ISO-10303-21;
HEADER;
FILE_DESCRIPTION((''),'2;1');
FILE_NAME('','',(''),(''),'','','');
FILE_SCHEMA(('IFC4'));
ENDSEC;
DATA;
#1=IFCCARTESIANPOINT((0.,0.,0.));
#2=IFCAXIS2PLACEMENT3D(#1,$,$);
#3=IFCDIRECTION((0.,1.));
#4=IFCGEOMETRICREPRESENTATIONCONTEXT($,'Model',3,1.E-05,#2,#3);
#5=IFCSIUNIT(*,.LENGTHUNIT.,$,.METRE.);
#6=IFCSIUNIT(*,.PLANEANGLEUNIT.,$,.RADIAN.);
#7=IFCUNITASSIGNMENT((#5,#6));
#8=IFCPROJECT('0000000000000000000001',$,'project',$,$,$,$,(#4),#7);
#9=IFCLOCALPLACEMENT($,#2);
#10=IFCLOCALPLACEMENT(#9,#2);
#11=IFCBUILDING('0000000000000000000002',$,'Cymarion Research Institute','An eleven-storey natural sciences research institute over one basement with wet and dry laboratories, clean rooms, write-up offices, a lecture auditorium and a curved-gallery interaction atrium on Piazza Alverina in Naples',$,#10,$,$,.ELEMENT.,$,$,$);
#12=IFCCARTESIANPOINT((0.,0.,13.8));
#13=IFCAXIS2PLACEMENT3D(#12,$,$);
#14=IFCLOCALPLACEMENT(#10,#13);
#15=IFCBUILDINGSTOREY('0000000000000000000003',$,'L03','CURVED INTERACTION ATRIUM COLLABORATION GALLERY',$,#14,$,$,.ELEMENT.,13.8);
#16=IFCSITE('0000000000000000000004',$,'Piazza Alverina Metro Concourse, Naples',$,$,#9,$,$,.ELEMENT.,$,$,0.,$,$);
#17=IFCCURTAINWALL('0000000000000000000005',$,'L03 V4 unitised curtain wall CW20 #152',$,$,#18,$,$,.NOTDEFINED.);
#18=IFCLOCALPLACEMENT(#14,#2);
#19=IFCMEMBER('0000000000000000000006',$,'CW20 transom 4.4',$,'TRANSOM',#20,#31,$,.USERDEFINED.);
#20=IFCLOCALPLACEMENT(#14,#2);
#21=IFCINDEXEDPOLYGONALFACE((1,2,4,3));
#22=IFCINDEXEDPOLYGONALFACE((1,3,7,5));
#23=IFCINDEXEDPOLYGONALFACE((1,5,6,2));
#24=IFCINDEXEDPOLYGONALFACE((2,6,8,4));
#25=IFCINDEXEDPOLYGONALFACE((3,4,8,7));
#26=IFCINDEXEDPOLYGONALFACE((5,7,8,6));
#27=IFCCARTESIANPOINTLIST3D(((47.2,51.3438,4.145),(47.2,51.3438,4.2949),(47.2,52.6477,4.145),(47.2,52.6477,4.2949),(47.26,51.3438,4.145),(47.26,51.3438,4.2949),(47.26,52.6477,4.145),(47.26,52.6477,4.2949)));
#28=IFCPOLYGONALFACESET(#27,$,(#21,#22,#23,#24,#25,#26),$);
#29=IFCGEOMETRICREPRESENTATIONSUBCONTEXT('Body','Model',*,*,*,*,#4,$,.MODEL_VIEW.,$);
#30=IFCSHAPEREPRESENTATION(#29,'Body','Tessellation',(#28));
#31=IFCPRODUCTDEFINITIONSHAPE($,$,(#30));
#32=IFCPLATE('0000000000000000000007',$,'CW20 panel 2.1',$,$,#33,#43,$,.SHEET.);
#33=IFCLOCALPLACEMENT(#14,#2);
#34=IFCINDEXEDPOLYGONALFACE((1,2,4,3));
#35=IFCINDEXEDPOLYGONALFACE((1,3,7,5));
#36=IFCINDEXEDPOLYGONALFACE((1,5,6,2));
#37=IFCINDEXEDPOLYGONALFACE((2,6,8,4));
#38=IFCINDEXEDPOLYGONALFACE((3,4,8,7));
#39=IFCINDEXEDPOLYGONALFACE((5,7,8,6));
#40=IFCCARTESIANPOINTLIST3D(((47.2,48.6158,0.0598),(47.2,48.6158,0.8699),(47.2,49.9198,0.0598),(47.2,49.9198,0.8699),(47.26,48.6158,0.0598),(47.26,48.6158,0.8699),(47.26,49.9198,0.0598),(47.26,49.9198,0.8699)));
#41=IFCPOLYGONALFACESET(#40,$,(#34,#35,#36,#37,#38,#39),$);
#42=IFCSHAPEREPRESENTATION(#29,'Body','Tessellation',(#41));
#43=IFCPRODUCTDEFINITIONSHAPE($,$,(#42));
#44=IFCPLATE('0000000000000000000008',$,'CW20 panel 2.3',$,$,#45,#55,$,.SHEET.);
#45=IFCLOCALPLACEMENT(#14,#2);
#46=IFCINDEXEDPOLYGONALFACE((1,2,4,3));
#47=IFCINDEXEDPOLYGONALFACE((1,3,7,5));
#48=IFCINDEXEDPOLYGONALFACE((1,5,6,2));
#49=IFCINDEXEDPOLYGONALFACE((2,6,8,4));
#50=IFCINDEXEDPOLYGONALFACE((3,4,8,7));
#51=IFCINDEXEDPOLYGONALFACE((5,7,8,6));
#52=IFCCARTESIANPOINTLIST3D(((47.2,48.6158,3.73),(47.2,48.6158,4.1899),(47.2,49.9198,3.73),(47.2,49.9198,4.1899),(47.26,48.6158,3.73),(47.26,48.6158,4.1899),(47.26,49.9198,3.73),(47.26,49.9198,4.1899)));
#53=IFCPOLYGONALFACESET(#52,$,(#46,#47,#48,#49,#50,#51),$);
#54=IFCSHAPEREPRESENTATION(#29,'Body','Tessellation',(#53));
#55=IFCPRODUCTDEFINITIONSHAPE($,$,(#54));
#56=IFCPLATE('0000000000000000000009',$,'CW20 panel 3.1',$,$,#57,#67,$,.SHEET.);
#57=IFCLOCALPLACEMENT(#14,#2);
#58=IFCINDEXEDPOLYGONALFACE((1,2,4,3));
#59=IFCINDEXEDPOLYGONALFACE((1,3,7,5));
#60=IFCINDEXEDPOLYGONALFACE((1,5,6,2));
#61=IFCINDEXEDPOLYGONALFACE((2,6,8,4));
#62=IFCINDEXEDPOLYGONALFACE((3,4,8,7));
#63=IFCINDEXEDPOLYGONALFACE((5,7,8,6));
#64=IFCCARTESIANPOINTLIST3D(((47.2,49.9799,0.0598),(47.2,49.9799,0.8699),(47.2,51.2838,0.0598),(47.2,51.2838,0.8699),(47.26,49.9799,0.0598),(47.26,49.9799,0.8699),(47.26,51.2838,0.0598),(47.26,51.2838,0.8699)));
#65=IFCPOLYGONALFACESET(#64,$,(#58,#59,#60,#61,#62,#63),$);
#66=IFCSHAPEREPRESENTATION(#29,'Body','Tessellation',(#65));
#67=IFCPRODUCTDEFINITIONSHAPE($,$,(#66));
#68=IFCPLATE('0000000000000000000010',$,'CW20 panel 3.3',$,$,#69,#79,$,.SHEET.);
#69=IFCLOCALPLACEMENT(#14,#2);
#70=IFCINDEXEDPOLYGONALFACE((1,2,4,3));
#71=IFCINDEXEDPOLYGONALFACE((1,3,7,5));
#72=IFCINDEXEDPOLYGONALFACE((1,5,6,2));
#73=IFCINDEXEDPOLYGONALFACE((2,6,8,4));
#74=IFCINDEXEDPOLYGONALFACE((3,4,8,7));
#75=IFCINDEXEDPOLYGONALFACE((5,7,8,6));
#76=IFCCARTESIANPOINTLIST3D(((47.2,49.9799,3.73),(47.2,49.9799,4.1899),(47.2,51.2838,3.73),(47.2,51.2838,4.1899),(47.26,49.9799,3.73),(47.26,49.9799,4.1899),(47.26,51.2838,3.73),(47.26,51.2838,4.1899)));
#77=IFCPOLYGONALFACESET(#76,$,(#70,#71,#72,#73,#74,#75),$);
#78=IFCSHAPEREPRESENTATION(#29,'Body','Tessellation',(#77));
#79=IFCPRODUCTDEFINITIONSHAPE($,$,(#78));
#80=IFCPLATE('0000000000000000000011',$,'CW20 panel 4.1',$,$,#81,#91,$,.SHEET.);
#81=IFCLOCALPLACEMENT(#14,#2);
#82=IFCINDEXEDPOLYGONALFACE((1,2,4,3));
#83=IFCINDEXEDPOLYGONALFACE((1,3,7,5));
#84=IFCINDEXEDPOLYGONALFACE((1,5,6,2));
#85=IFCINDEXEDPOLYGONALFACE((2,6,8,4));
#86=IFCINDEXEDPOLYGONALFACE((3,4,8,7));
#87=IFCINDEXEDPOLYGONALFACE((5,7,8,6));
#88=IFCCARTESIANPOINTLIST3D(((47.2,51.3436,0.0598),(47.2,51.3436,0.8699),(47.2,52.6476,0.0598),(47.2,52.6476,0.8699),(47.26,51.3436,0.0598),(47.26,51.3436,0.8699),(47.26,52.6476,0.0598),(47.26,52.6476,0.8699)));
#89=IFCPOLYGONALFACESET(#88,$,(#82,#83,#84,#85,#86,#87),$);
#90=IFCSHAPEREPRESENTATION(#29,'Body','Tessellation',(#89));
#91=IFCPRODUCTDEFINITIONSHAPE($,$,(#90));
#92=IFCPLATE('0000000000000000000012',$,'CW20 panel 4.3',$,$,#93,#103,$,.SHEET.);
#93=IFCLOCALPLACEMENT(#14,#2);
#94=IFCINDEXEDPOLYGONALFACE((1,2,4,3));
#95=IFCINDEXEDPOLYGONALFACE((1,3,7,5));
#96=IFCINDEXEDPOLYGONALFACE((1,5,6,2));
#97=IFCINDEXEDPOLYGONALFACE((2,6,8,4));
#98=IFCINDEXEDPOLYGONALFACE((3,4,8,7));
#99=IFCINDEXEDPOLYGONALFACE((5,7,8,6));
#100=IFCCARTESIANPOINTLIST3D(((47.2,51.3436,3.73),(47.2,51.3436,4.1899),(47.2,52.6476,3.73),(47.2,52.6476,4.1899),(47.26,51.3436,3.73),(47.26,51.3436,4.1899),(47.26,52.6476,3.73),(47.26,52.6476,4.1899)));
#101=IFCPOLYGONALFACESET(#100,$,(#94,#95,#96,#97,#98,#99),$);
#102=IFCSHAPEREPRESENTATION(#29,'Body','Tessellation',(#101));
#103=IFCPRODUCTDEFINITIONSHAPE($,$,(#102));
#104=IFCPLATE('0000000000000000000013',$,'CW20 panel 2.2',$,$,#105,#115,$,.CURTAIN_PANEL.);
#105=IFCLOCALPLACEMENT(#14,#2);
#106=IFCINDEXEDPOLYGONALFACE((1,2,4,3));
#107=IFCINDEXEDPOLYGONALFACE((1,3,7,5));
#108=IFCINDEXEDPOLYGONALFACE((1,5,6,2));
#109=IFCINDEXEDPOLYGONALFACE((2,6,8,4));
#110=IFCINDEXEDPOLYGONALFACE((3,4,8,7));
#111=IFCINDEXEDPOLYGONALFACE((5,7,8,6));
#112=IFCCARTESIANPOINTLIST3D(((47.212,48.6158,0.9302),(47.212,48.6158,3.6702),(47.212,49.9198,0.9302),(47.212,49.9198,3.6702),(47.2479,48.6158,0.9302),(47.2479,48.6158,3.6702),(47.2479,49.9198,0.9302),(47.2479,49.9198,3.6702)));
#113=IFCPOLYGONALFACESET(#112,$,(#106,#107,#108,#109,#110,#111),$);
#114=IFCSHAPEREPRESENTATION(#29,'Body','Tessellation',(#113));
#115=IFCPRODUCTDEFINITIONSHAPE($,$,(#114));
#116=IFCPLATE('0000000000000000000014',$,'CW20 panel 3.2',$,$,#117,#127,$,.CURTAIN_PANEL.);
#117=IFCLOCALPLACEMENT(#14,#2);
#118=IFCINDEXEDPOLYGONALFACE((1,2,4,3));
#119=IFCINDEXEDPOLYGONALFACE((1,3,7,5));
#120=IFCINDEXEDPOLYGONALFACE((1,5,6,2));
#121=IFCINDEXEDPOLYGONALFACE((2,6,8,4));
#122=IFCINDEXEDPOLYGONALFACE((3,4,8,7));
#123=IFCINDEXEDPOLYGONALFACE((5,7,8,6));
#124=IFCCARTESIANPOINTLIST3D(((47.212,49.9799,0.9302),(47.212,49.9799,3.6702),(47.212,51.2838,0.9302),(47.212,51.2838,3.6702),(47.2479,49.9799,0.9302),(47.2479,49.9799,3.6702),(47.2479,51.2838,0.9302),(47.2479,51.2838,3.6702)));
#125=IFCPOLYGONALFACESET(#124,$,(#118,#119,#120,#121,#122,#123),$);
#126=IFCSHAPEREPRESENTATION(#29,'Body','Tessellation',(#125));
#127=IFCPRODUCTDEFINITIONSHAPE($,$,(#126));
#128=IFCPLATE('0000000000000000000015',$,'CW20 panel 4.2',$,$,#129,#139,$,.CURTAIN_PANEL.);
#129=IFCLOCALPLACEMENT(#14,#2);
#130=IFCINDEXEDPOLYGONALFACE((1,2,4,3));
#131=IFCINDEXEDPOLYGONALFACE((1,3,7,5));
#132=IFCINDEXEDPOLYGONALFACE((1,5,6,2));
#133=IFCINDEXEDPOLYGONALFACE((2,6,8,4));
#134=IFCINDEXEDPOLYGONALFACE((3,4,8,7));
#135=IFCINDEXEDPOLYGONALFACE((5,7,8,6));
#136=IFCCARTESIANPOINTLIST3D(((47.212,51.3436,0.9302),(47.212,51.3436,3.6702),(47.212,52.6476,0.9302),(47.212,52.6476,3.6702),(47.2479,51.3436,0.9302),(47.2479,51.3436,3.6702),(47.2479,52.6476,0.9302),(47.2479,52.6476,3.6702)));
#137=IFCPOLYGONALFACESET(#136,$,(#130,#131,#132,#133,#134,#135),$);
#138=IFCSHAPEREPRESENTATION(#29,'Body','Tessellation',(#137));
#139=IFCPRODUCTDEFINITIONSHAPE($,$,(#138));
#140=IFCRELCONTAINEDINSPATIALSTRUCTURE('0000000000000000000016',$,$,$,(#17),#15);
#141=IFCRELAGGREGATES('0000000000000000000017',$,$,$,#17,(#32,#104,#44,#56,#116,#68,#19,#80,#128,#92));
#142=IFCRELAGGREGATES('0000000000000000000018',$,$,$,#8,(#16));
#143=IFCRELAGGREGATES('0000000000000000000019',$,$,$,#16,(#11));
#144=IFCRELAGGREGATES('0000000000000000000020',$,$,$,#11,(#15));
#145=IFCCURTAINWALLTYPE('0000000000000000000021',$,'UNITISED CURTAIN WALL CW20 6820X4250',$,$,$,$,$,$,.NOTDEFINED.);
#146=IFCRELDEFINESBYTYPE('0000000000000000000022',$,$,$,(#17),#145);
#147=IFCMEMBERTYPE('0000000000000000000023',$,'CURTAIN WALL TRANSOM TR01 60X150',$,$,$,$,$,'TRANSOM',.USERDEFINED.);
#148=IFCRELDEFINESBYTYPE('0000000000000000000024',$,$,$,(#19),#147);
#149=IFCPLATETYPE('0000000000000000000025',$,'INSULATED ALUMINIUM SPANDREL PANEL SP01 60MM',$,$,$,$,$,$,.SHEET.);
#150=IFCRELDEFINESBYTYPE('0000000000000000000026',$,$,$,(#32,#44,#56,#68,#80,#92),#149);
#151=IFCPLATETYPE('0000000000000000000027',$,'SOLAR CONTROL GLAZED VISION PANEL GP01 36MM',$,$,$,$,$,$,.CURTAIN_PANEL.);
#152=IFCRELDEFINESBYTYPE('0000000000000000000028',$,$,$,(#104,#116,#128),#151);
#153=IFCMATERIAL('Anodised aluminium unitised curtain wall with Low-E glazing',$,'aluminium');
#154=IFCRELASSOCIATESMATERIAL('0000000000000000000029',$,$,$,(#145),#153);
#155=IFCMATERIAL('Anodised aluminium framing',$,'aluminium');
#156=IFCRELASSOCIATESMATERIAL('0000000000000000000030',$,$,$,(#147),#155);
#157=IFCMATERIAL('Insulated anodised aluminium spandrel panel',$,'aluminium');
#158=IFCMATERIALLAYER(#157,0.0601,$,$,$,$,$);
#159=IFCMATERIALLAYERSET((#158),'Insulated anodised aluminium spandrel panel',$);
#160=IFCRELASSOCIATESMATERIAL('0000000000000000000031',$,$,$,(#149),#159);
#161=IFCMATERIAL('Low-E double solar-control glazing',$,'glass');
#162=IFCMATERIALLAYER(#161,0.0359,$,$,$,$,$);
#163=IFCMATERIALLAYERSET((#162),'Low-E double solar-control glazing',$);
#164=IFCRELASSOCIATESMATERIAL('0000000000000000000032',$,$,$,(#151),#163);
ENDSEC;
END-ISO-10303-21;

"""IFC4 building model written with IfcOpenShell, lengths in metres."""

from ifc_helpers import new_model, si_unit, direction, frame, origin, origin_2d, place, context, subcontext, project, spatial, rectangle, extrude, material, layer, layer_set, material_profile, profile_set, type_object, element, aggregate, save


model = new_model("IFC4")

# Units and contexts
model_context = context("Model", 3, precision=1e-05, world=origin(), true_north=direction((0.0, 1.0)))
body_context = subcontext(model_context, "Body", "Model", "MODEL_VIEW")
ifc_project = project(units=[si_unit("LENGTHUNIT", "METRE"), si_unit("PLANEANGLEUNIT", "RADIAN")], contexts=[model_context])

# Site, building, storey
site_placement = place(None, origin())
site = spatial("IfcSite", under=ifc_project, at=site_placement, Name="Piazza Alverina Metro Concourse, Naples", CompositionType="ELEMENT", RefElevation=0.0)
building_placement = place(site_placement, origin())
building = spatial("IfcBuilding", under=site, at=building_placement, Name="Cymarion Research Institute", Description="An eleven-storey natural sciences research institute over one basement with wet and dry laboratories, clean rooms, write-up offices, a lecture auditorium and a curved-gallery interaction atrium on Piazza Alverina in Naples", CompositionType="ELEMENT")
storey_placement = place(building_placement, frame((0.0, 0.0, 13.8)))
storey = spatial("IfcBuildingStorey", under=building, at=storey_placement, Name="L03", Description="CURVED INTERACTION ATRIUM COLLABORATION GALLERY", CompositionType="ELEMENT", Elevation=13.8)

# Curtain wall, member, plates
ifc_material_1 = material(Name="Anodised aluminium unitised curtain wall with Low-E glazing", Category="aluminium")
curtain_wall_type = type_object("IfcCurtainWallType", Name="UNITISED CURTAIN WALL CW20 6820X4250", PredefinedType="NOTDEFINED", material=ifc_material_1)
curtain_wall_placement = place(storey_placement, origin())
curtain_wall = element("IfcCurtainWall", 1, at=curtain_wall_placement, inside=storey, type_object=curtain_wall_type, Name="L03 V4 unitised curtain wall CW20 #152", PredefinedType="NOTDEFINED")
ifc_material_2 = material(Name="Anodised aluminium framing", Category="aluminium")
ifc_material_profile_1 = material_profile(ifc_material_2, rectangle(XDim=0.0601, YDim=0.1499, at=origin_2d()), Name="ALU TRANSOM 60x150")
ifc_profile_set_1 = profile_set([ifc_material_profile_1], Name="Anodised aluminium framing")
member_type_1 = type_object("IfcMemberType", Name="CURTAIN WALL TRANSOM TR01 60X150", ElementType="TRANSOM", PredefinedType="USERDEFINED", material=ifc_profile_set_1)
member_1_placement = place(storey_placement, frame((47.23, 51.3438, 4.22), z_axis=(0.0, 1.0, 0.0), x_axis=(-1.0, 0.0, 0.0)))
member_1 = element("IfcMember", 2, at=member_1_placement, type_object=member_type_1, Name="CW20 transom 4.4", ObjectType="TRANSOM", PredefinedType="USERDEFINED", context=body_context, shape_type="SweptSolid", body=[
    extrude(rectangle(XDim=0.0601, YDim=0.1499, at=origin_2d()), origin(), (0.0, 0.0, 1.0), 1.304),
])
ifc_material_3 = material(Name="Insulated anodised aluminium spandrel panel", Category="aluminium")
ifc_layer_1 = layer(ifc_material_3, 0.0601)
ifc_layer_set_1 = layer_set([ifc_layer_1], Name="Insulated anodised aluminium spandrel panel")
plate_type_1 = type_object("IfcPlateType", Name="INSULATED ALUMINIUM SPANDREL PANEL SP01 60MM", PredefinedType="SHEET", material=ifc_layer_set_1)
plate_1_placement = place(storey_placement, frame((47.23, 49.2678, 0.0598), z_axis=(0.0, 0.0, 1.0), x_axis=(0.0, 1.0, 0.0)))
plate_1 = element("IfcPlate", 3, at=plate_1_placement, type_object=plate_type_1, Name="CW20 panel 2.1", PredefinedType="SHEET", context=body_context, shape_type="SweptSolid", body=[
    extrude(rectangle(XDim=1.304, YDim=0.0601, at=origin_2d()), origin(), (0.0, 0.0, 1.0), 0.8101),
])
plate_2_placement = place(storey_placement, frame((47.23, 49.2678, 3.73), z_axis=(0.0, 0.0, 1.0), x_axis=(0.0, 1.0, 0.0)))
plate_2 = element("IfcPlate", 4, at=plate_2_placement, type_object=plate_type_1, Name="CW20 panel 2.3", PredefinedType="SHEET", context=body_context, shape_type="SweptSolid", body=[
    extrude(rectangle(XDim=1.304, YDim=0.0601, at=origin_2d()), origin(), (0.0, 0.0, 1.0), 0.46),
])
plate_3_placement = place(storey_placement, frame((47.23, 50.6318, 0.0598), z_axis=(0.0, 0.0, 1.0), x_axis=(0.0, 1.0, 0.0)))
plate_3 = element("IfcPlate", 5, at=plate_3_placement, type_object=plate_type_1, Name="CW20 panel 3.1", PredefinedType="SHEET", context=body_context, shape_type="SweptSolid", body=[
    extrude(rectangle(XDim=1.304, YDim=0.0601, at=origin_2d()), origin(), (0.0, 0.0, 1.0), 0.8101),
])
plate_4_placement = place(storey_placement, frame((47.23, 50.6318, 3.73), z_axis=(0.0, 0.0, 1.0), x_axis=(0.0, 1.0, 0.0)))
plate_4 = element("IfcPlate", 6, at=plate_4_placement, type_object=plate_type_1, Name="CW20 panel 3.3", PredefinedType="SHEET", context=body_context, shape_type="SweptSolid", body=[
    extrude(rectangle(XDim=1.304, YDim=0.0601, at=origin_2d()), origin(), (0.0, 0.0, 1.0), 0.46),
])
plate_5_placement = place(storey_placement, frame((47.23, 51.9956, 0.0598), z_axis=(0.0, 0.0, 1.0), x_axis=(0.0, 1.0, 0.0)))
plate_5 = element("IfcPlate", 7, at=plate_5_placement, type_object=plate_type_1, Name="CW20 panel 4.1", PredefinedType="SHEET", context=body_context, shape_type="SweptSolid", body=[
    extrude(rectangle(XDim=1.304, YDim=0.0601, at=origin_2d()), origin(), (0.0, 0.0, 1.0), 0.8101),
])
plate_6_placement = place(storey_placement, frame((47.23, 51.9956, 3.73), z_axis=(0.0, 0.0, 1.0), x_axis=(0.0, 1.0, 0.0)))
plate_6 = element("IfcPlate", 8, at=plate_6_placement, type_object=plate_type_1, Name="CW20 panel 4.3", PredefinedType="SHEET", context=body_context, shape_type="SweptSolid", body=[
    extrude(rectangle(XDim=1.304, YDim=0.0601, at=origin_2d()), origin(), (0.0, 0.0, 1.0), 0.46),
])
ifc_material_4 = material(Name="Low-E double solar-control glazing", Category="glass")
ifc_layer_2 = layer(ifc_material_4, 0.0359)
ifc_layer_set_2 = layer_set([ifc_layer_2], Name="Low-E double solar-control glazing")
plate_type_2 = type_object("IfcPlateType", Name="SOLAR CONTROL GLAZED VISION PANEL GP01 36MM", PredefinedType="CURTAIN_PANEL", material=ifc_layer_set_2)
plate_7_placement = place(storey_placement, frame((47.23, 49.2678, 0.9302), z_axis=(0.0, 0.0, 1.0), x_axis=(0.0, 1.0, 0.0)))
plate_7 = element("IfcPlate", 9, at=plate_7_placement, type_object=plate_type_2, Name="CW20 panel 2.2", PredefinedType="CURTAIN_PANEL", context=body_context, shape_type="SweptSolid", body=[
    extrude(rectangle(XDim=1.304, YDim=0.0359, at=origin_2d()), origin(), (0.0, 0.0, 1.0), 2.74),
])
plate_8_placement = place(storey_placement, frame((47.23, 50.6318, 0.9302), z_axis=(0.0, 0.0, 1.0), x_axis=(0.0, 1.0, 0.0)))
plate_8 = element("IfcPlate", 10, at=plate_8_placement, type_object=plate_type_2, Name="CW20 panel 3.2", PredefinedType="CURTAIN_PANEL", context=body_context, shape_type="SweptSolid", body=[
    extrude(rectangle(XDim=1.304, YDim=0.0359, at=origin_2d()), origin(), (0.0, 0.0, 1.0), 2.74),
])
plate_9_placement = place(storey_placement, frame((47.23, 51.9956, 0.9302), z_axis=(0.0, 0.0, 1.0), x_axis=(0.0, 1.0, 0.0)))
plate_9 = element("IfcPlate", 11, at=plate_9_placement, type_object=plate_type_2, Name="CW20 panel 4.2", PredefinedType="CURTAIN_PANEL", context=body_context, shape_type="SweptSolid", body=[
    extrude(rectangle(XDim=1.304, YDim=0.0359, at=origin_2d()), origin(), (0.0, 0.0, 1.0), 2.74),
])
aggregate(curtain_wall, [plate_1, plate_7, plate_2, plate_3, plate_8, plate_4, member_1, plate_5, plate_9, plate_6])

save(model, "model.ifc")
